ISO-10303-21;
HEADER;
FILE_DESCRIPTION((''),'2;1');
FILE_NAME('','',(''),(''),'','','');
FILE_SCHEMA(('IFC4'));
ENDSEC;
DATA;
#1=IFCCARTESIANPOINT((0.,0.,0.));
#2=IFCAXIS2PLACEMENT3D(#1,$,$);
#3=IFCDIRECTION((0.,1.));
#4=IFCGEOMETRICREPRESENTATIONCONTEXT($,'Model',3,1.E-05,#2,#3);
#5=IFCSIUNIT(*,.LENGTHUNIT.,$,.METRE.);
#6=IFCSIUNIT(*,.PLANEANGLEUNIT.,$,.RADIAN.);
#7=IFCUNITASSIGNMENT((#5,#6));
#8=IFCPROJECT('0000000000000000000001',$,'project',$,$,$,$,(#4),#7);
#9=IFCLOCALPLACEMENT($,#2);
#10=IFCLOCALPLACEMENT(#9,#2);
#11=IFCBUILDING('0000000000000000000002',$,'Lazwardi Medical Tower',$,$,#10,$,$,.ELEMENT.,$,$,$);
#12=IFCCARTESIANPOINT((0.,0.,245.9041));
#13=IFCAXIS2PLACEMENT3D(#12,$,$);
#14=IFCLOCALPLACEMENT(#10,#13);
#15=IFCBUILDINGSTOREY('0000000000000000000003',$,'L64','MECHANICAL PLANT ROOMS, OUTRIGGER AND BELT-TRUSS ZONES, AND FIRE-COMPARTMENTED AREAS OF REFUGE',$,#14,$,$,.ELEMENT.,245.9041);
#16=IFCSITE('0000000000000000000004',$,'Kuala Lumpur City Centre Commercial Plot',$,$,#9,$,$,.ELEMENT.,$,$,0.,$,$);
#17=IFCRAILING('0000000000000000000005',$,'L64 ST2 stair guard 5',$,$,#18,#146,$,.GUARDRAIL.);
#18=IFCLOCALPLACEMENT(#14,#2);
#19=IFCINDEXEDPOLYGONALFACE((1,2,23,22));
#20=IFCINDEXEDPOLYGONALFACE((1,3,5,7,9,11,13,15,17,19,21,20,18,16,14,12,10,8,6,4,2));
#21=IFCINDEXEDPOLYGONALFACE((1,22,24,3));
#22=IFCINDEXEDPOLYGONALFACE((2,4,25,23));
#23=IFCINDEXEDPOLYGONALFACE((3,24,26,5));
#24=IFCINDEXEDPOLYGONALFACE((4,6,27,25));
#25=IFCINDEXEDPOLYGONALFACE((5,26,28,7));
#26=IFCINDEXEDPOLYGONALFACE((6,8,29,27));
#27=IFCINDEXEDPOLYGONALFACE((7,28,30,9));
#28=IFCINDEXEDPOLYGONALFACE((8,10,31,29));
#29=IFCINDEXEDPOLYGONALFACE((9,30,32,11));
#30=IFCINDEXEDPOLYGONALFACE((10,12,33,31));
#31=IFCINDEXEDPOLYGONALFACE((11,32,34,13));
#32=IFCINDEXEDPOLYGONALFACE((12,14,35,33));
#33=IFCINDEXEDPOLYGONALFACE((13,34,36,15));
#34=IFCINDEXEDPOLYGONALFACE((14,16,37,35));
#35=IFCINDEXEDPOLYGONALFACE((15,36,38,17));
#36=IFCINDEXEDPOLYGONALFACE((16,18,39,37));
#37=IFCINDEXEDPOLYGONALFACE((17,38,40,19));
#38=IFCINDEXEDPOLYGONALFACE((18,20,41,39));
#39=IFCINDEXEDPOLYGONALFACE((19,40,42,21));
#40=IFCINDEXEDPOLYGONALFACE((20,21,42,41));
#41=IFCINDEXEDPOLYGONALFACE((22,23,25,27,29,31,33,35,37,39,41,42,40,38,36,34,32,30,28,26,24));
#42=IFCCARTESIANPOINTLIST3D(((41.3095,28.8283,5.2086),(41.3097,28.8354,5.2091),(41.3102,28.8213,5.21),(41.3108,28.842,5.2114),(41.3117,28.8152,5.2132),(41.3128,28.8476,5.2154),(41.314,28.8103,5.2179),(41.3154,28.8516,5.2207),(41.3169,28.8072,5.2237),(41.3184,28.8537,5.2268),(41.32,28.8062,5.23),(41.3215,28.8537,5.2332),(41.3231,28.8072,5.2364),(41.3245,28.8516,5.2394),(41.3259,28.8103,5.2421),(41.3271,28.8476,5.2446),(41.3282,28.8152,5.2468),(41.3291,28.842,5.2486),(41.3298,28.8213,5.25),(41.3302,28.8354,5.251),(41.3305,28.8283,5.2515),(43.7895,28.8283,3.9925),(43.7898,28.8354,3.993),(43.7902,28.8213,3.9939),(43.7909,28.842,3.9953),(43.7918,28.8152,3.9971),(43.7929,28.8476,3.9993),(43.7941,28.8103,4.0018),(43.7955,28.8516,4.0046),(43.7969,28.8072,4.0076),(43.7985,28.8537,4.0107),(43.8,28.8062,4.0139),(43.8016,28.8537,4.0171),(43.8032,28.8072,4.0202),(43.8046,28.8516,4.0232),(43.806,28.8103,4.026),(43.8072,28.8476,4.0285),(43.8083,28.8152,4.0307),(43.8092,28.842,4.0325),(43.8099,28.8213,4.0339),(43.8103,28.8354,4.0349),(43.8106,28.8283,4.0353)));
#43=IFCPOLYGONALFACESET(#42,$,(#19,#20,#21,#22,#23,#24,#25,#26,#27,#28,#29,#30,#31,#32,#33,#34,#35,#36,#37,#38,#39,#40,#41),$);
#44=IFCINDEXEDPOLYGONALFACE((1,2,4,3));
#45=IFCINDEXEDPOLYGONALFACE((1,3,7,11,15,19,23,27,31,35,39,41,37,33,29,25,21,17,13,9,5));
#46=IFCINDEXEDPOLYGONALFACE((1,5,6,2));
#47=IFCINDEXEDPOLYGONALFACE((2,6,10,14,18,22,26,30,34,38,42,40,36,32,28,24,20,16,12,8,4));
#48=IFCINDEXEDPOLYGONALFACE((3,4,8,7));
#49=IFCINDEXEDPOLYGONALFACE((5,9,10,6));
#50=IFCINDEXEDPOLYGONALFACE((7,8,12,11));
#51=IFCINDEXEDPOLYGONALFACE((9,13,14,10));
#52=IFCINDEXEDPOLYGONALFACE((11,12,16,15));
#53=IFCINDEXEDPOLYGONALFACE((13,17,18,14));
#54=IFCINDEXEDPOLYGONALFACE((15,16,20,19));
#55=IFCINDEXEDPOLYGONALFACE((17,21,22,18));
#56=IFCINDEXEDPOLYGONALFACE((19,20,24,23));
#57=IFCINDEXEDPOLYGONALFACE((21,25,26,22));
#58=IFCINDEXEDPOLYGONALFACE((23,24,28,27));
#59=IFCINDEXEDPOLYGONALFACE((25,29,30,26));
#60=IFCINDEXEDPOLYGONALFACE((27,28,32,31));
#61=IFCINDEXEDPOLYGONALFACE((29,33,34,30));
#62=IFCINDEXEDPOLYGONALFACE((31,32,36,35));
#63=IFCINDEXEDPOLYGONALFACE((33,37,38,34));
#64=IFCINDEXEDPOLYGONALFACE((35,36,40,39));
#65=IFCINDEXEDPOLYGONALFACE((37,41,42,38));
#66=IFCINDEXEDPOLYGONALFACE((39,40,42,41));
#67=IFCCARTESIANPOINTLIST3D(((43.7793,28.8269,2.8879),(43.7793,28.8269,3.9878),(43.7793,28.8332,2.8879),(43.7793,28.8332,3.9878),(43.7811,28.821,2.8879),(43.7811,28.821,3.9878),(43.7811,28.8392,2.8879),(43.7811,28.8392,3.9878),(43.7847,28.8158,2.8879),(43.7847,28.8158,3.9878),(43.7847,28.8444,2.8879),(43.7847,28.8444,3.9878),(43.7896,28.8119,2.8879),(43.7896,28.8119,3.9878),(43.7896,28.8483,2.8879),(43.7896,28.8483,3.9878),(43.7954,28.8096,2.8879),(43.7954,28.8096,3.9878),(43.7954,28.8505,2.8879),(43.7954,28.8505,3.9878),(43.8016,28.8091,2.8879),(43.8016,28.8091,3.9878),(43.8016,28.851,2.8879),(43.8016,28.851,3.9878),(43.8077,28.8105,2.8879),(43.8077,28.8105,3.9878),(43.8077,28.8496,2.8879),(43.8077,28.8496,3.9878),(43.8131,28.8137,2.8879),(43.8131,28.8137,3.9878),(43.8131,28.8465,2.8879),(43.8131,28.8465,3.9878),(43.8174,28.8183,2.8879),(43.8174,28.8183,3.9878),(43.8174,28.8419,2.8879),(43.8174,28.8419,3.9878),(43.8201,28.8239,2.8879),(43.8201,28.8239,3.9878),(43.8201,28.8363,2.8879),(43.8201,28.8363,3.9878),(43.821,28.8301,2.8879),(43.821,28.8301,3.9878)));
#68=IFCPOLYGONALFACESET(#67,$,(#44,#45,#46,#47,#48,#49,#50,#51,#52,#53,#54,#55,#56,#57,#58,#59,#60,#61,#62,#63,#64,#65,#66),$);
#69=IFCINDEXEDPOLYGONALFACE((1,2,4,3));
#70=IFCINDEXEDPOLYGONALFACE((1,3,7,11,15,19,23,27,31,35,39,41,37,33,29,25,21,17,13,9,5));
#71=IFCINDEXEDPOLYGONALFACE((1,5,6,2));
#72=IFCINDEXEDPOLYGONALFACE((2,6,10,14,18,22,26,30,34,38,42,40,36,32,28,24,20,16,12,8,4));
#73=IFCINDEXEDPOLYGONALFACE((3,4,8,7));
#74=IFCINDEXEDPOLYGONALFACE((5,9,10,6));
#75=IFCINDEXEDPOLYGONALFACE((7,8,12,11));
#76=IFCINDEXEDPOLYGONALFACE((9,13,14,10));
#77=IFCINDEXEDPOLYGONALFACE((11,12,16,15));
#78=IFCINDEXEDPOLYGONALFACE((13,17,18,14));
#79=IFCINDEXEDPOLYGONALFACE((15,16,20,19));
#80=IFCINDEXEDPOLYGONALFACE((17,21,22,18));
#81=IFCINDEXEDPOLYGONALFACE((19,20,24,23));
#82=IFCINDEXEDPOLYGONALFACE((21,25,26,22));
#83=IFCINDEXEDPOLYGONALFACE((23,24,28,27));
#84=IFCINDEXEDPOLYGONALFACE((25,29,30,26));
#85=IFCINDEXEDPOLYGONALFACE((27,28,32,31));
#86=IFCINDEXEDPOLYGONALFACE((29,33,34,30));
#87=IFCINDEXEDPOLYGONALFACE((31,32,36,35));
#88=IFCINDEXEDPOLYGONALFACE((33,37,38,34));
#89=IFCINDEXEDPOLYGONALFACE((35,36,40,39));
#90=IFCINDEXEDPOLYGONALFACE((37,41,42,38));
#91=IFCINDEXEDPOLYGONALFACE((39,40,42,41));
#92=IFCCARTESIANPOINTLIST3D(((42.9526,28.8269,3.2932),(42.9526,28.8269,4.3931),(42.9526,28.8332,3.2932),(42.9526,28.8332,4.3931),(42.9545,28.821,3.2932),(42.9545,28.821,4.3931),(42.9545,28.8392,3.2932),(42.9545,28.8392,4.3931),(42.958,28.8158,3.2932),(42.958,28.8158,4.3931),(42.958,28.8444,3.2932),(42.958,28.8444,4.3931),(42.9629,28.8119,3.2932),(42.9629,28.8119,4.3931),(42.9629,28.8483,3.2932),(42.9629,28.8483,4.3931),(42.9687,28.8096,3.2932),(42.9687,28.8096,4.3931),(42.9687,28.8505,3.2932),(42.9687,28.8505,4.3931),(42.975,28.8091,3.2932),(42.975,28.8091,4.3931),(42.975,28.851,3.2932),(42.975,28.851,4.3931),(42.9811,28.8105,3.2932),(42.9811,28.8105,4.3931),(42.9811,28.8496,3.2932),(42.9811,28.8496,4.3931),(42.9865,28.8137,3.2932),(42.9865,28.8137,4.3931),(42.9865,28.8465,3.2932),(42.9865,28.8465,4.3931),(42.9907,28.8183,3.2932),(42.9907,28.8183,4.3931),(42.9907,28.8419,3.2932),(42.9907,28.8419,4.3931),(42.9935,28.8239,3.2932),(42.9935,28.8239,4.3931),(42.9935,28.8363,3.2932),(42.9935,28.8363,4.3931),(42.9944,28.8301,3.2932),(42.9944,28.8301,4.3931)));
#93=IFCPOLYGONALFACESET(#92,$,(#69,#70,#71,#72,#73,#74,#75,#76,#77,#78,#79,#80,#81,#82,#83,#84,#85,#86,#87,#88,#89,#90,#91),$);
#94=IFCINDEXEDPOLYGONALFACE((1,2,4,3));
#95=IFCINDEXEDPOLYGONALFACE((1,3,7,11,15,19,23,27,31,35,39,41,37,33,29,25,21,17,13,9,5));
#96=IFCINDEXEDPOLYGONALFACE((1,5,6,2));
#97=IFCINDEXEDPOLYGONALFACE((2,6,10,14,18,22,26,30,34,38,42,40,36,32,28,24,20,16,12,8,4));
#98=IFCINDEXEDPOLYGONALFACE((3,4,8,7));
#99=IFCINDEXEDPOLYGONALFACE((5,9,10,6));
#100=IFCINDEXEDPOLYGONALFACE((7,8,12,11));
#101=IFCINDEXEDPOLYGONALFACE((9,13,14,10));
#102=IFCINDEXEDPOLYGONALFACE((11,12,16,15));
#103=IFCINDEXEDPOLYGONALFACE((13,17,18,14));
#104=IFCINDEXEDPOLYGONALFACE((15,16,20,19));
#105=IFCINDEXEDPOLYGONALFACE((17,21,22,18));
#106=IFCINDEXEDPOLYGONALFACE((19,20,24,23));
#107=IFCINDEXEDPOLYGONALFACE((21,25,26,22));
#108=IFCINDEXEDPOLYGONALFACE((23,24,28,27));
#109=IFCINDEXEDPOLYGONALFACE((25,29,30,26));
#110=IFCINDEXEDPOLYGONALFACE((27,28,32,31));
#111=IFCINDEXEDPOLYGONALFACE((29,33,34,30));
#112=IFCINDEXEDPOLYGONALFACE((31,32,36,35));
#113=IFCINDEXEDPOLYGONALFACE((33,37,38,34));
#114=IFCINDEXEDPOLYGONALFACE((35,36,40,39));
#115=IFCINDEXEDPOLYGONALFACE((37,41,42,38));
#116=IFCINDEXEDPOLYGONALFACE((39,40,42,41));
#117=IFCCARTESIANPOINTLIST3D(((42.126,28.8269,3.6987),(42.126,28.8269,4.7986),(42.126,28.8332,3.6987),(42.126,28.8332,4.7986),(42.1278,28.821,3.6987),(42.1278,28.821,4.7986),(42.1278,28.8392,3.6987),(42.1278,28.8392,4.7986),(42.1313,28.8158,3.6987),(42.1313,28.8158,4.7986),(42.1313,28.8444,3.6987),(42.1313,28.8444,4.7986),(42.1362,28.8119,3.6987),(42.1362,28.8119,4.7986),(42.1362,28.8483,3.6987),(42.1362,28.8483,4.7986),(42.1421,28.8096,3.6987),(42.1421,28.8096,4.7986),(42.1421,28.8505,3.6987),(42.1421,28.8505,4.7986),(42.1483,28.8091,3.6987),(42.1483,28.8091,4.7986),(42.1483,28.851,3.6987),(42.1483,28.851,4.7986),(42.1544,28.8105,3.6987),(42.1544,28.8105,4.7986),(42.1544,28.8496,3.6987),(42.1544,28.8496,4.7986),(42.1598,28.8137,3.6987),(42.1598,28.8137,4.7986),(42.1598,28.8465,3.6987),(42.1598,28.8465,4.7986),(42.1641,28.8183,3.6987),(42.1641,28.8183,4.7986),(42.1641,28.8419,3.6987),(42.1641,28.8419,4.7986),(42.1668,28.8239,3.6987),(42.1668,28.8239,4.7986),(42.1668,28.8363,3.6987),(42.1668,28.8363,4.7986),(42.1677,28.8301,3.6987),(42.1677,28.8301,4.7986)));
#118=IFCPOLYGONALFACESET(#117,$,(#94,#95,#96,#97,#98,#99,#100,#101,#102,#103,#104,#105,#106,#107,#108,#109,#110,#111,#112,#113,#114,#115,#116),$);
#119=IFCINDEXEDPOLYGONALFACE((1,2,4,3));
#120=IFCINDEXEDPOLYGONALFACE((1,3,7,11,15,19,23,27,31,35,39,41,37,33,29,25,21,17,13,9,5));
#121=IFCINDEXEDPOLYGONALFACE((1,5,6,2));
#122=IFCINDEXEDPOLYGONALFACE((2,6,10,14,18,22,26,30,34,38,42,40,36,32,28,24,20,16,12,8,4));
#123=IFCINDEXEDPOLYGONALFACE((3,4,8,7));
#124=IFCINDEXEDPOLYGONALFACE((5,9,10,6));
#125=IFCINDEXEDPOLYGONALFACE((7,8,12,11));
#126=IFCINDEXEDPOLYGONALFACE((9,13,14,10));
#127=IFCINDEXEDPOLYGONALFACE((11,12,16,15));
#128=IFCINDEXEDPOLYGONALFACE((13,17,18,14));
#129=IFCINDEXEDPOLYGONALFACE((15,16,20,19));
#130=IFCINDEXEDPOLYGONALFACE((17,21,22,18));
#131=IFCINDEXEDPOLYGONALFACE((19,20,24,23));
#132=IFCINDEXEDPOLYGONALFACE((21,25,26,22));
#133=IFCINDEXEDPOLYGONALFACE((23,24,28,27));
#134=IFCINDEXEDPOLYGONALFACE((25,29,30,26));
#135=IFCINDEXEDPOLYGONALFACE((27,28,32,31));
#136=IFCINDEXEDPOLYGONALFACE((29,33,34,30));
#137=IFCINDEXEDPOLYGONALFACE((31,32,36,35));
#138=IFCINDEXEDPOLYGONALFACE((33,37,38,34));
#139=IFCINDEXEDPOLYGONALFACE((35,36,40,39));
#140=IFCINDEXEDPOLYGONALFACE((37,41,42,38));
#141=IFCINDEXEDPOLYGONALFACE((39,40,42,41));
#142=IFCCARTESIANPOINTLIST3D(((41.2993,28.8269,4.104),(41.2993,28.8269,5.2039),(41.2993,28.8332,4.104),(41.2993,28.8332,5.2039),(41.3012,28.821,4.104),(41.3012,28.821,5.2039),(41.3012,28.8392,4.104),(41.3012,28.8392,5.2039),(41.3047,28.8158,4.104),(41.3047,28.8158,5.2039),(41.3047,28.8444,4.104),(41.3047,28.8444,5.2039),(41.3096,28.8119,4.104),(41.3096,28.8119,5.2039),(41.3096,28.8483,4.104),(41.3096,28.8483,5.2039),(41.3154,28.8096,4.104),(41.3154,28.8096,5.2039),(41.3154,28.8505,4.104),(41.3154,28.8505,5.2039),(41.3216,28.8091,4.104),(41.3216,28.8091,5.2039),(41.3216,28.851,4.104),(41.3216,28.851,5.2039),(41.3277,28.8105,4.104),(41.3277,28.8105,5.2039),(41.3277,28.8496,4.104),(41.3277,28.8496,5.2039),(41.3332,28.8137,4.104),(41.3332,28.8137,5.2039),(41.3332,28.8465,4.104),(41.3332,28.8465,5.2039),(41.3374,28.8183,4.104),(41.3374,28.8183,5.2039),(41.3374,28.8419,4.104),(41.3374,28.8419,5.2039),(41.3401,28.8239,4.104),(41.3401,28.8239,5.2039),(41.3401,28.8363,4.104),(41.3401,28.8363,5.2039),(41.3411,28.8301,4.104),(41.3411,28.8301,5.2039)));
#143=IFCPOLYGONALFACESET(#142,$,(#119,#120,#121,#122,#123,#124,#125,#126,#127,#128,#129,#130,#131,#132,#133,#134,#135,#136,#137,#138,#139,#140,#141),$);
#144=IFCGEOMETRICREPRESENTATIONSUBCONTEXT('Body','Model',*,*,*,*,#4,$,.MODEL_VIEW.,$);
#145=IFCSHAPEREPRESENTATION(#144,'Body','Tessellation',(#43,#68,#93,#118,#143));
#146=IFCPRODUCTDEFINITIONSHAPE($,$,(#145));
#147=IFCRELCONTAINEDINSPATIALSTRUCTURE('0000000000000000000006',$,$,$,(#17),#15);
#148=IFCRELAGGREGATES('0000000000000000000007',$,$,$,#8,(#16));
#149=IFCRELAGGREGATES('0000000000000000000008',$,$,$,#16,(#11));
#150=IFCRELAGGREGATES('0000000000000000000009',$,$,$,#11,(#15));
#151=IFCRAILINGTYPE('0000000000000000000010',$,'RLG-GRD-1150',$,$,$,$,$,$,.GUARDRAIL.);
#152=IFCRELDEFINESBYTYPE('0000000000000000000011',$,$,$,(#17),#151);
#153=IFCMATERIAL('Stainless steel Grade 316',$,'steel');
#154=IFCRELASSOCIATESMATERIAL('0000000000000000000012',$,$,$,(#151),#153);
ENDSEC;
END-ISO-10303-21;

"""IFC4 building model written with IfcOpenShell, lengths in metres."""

from ifc_helpers import new_model, si_unit, direction, frame, origin, origin_2d, place, context, subcontext, project, spatial, circle, extrude, material, type_object, element, save


model = new_model("IFC4")

# Units and contexts
model_context = context("Model", 3, precision=1e-05, world=origin(), true_north=direction((0.0, 1.0)))
body_context = subcontext(model_context, "Body", "Model", "MODEL_VIEW")
ifc_project = project(units=[si_unit("LENGTHUNIT", "METRE"), si_unit("PLANEANGLEUNIT", "RADIAN")], contexts=[model_context])

# Site, building, storey
site_placement = place(None, origin())
site = spatial("IfcSite", under=ifc_project, at=site_placement, Name="Kuala Lumpur City Centre Commercial Plot", CompositionType="ELEMENT", RefElevation=0.0)
building_placement = place(site_placement, origin())
building = spatial("IfcBuilding", under=site, at=building_placement, Name="Lazwardi Medical Tower", CompositionType="ELEMENT")
storey_placement = place(building_placement, frame((0.0, 0.0, 245.9041)))
storey = spatial("IfcBuildingStorey", under=building, at=storey_placement, Name="L64", Description="MECHANICAL PLANT ROOMS, OUTRIGGER AND BELT-TRUSS ZONES, AND FIRE-COMPARTMENTED AREAS OF REFUGE", CompositionType="ELEMENT", Elevation=245.9041)

# Railing
ifc_material_1 = material(Name="Stainless steel Grade 316", Category="steel")
railing_type_1 = type_object("IfcRailingType", Name="RLG-GRD-1150", PredefinedType="GUARDRAIL", material=ifc_material_1)
railing_1_placement = place(storey_placement, frame((43.8, 28.8301, 2.8879)))
element("IfcRailing", 1, at=railing_1_placement, inside=storey, type_object=railing_type_1, Name="L64 ST2 stair guard 5", PredefinedType="GUARDRAIL", context=body_context, shape_type="SweptSolid", body=[
    extrude(circle(Radius=0.0239, at=origin_2d()), frame((0.0, 0.0, 1.126), z_axis=(-0.897865, 0.0, 0.44027), x_axis=(0.0, -1.0, 0.0)), (0.0, 0.0, 1.0), 2.7622),
    extrude(circle(Radius=0.021, at=origin_2d()), origin(), (0.0, 0.0, 1.0), 1.0999),
    extrude(circle(Radius=0.021, at=origin_2d()), frame((-0.8267, 0.0, 0.4053)), (0.0, 0.0, 1.0), 1.0999),
    extrude(circle(Radius=0.021, at=origin_2d()), frame((-1.6533, 0.0, 0.8108)), (0.0, 0.0, 1.0), 1.0999),
    extrude(circle(Radius=0.021, at=origin_2d()), frame((-2.48, 0.0, 1.2161)), (0.0, 0.0, 1.0), 1.0999),
])

save(model, "model.ifc")
